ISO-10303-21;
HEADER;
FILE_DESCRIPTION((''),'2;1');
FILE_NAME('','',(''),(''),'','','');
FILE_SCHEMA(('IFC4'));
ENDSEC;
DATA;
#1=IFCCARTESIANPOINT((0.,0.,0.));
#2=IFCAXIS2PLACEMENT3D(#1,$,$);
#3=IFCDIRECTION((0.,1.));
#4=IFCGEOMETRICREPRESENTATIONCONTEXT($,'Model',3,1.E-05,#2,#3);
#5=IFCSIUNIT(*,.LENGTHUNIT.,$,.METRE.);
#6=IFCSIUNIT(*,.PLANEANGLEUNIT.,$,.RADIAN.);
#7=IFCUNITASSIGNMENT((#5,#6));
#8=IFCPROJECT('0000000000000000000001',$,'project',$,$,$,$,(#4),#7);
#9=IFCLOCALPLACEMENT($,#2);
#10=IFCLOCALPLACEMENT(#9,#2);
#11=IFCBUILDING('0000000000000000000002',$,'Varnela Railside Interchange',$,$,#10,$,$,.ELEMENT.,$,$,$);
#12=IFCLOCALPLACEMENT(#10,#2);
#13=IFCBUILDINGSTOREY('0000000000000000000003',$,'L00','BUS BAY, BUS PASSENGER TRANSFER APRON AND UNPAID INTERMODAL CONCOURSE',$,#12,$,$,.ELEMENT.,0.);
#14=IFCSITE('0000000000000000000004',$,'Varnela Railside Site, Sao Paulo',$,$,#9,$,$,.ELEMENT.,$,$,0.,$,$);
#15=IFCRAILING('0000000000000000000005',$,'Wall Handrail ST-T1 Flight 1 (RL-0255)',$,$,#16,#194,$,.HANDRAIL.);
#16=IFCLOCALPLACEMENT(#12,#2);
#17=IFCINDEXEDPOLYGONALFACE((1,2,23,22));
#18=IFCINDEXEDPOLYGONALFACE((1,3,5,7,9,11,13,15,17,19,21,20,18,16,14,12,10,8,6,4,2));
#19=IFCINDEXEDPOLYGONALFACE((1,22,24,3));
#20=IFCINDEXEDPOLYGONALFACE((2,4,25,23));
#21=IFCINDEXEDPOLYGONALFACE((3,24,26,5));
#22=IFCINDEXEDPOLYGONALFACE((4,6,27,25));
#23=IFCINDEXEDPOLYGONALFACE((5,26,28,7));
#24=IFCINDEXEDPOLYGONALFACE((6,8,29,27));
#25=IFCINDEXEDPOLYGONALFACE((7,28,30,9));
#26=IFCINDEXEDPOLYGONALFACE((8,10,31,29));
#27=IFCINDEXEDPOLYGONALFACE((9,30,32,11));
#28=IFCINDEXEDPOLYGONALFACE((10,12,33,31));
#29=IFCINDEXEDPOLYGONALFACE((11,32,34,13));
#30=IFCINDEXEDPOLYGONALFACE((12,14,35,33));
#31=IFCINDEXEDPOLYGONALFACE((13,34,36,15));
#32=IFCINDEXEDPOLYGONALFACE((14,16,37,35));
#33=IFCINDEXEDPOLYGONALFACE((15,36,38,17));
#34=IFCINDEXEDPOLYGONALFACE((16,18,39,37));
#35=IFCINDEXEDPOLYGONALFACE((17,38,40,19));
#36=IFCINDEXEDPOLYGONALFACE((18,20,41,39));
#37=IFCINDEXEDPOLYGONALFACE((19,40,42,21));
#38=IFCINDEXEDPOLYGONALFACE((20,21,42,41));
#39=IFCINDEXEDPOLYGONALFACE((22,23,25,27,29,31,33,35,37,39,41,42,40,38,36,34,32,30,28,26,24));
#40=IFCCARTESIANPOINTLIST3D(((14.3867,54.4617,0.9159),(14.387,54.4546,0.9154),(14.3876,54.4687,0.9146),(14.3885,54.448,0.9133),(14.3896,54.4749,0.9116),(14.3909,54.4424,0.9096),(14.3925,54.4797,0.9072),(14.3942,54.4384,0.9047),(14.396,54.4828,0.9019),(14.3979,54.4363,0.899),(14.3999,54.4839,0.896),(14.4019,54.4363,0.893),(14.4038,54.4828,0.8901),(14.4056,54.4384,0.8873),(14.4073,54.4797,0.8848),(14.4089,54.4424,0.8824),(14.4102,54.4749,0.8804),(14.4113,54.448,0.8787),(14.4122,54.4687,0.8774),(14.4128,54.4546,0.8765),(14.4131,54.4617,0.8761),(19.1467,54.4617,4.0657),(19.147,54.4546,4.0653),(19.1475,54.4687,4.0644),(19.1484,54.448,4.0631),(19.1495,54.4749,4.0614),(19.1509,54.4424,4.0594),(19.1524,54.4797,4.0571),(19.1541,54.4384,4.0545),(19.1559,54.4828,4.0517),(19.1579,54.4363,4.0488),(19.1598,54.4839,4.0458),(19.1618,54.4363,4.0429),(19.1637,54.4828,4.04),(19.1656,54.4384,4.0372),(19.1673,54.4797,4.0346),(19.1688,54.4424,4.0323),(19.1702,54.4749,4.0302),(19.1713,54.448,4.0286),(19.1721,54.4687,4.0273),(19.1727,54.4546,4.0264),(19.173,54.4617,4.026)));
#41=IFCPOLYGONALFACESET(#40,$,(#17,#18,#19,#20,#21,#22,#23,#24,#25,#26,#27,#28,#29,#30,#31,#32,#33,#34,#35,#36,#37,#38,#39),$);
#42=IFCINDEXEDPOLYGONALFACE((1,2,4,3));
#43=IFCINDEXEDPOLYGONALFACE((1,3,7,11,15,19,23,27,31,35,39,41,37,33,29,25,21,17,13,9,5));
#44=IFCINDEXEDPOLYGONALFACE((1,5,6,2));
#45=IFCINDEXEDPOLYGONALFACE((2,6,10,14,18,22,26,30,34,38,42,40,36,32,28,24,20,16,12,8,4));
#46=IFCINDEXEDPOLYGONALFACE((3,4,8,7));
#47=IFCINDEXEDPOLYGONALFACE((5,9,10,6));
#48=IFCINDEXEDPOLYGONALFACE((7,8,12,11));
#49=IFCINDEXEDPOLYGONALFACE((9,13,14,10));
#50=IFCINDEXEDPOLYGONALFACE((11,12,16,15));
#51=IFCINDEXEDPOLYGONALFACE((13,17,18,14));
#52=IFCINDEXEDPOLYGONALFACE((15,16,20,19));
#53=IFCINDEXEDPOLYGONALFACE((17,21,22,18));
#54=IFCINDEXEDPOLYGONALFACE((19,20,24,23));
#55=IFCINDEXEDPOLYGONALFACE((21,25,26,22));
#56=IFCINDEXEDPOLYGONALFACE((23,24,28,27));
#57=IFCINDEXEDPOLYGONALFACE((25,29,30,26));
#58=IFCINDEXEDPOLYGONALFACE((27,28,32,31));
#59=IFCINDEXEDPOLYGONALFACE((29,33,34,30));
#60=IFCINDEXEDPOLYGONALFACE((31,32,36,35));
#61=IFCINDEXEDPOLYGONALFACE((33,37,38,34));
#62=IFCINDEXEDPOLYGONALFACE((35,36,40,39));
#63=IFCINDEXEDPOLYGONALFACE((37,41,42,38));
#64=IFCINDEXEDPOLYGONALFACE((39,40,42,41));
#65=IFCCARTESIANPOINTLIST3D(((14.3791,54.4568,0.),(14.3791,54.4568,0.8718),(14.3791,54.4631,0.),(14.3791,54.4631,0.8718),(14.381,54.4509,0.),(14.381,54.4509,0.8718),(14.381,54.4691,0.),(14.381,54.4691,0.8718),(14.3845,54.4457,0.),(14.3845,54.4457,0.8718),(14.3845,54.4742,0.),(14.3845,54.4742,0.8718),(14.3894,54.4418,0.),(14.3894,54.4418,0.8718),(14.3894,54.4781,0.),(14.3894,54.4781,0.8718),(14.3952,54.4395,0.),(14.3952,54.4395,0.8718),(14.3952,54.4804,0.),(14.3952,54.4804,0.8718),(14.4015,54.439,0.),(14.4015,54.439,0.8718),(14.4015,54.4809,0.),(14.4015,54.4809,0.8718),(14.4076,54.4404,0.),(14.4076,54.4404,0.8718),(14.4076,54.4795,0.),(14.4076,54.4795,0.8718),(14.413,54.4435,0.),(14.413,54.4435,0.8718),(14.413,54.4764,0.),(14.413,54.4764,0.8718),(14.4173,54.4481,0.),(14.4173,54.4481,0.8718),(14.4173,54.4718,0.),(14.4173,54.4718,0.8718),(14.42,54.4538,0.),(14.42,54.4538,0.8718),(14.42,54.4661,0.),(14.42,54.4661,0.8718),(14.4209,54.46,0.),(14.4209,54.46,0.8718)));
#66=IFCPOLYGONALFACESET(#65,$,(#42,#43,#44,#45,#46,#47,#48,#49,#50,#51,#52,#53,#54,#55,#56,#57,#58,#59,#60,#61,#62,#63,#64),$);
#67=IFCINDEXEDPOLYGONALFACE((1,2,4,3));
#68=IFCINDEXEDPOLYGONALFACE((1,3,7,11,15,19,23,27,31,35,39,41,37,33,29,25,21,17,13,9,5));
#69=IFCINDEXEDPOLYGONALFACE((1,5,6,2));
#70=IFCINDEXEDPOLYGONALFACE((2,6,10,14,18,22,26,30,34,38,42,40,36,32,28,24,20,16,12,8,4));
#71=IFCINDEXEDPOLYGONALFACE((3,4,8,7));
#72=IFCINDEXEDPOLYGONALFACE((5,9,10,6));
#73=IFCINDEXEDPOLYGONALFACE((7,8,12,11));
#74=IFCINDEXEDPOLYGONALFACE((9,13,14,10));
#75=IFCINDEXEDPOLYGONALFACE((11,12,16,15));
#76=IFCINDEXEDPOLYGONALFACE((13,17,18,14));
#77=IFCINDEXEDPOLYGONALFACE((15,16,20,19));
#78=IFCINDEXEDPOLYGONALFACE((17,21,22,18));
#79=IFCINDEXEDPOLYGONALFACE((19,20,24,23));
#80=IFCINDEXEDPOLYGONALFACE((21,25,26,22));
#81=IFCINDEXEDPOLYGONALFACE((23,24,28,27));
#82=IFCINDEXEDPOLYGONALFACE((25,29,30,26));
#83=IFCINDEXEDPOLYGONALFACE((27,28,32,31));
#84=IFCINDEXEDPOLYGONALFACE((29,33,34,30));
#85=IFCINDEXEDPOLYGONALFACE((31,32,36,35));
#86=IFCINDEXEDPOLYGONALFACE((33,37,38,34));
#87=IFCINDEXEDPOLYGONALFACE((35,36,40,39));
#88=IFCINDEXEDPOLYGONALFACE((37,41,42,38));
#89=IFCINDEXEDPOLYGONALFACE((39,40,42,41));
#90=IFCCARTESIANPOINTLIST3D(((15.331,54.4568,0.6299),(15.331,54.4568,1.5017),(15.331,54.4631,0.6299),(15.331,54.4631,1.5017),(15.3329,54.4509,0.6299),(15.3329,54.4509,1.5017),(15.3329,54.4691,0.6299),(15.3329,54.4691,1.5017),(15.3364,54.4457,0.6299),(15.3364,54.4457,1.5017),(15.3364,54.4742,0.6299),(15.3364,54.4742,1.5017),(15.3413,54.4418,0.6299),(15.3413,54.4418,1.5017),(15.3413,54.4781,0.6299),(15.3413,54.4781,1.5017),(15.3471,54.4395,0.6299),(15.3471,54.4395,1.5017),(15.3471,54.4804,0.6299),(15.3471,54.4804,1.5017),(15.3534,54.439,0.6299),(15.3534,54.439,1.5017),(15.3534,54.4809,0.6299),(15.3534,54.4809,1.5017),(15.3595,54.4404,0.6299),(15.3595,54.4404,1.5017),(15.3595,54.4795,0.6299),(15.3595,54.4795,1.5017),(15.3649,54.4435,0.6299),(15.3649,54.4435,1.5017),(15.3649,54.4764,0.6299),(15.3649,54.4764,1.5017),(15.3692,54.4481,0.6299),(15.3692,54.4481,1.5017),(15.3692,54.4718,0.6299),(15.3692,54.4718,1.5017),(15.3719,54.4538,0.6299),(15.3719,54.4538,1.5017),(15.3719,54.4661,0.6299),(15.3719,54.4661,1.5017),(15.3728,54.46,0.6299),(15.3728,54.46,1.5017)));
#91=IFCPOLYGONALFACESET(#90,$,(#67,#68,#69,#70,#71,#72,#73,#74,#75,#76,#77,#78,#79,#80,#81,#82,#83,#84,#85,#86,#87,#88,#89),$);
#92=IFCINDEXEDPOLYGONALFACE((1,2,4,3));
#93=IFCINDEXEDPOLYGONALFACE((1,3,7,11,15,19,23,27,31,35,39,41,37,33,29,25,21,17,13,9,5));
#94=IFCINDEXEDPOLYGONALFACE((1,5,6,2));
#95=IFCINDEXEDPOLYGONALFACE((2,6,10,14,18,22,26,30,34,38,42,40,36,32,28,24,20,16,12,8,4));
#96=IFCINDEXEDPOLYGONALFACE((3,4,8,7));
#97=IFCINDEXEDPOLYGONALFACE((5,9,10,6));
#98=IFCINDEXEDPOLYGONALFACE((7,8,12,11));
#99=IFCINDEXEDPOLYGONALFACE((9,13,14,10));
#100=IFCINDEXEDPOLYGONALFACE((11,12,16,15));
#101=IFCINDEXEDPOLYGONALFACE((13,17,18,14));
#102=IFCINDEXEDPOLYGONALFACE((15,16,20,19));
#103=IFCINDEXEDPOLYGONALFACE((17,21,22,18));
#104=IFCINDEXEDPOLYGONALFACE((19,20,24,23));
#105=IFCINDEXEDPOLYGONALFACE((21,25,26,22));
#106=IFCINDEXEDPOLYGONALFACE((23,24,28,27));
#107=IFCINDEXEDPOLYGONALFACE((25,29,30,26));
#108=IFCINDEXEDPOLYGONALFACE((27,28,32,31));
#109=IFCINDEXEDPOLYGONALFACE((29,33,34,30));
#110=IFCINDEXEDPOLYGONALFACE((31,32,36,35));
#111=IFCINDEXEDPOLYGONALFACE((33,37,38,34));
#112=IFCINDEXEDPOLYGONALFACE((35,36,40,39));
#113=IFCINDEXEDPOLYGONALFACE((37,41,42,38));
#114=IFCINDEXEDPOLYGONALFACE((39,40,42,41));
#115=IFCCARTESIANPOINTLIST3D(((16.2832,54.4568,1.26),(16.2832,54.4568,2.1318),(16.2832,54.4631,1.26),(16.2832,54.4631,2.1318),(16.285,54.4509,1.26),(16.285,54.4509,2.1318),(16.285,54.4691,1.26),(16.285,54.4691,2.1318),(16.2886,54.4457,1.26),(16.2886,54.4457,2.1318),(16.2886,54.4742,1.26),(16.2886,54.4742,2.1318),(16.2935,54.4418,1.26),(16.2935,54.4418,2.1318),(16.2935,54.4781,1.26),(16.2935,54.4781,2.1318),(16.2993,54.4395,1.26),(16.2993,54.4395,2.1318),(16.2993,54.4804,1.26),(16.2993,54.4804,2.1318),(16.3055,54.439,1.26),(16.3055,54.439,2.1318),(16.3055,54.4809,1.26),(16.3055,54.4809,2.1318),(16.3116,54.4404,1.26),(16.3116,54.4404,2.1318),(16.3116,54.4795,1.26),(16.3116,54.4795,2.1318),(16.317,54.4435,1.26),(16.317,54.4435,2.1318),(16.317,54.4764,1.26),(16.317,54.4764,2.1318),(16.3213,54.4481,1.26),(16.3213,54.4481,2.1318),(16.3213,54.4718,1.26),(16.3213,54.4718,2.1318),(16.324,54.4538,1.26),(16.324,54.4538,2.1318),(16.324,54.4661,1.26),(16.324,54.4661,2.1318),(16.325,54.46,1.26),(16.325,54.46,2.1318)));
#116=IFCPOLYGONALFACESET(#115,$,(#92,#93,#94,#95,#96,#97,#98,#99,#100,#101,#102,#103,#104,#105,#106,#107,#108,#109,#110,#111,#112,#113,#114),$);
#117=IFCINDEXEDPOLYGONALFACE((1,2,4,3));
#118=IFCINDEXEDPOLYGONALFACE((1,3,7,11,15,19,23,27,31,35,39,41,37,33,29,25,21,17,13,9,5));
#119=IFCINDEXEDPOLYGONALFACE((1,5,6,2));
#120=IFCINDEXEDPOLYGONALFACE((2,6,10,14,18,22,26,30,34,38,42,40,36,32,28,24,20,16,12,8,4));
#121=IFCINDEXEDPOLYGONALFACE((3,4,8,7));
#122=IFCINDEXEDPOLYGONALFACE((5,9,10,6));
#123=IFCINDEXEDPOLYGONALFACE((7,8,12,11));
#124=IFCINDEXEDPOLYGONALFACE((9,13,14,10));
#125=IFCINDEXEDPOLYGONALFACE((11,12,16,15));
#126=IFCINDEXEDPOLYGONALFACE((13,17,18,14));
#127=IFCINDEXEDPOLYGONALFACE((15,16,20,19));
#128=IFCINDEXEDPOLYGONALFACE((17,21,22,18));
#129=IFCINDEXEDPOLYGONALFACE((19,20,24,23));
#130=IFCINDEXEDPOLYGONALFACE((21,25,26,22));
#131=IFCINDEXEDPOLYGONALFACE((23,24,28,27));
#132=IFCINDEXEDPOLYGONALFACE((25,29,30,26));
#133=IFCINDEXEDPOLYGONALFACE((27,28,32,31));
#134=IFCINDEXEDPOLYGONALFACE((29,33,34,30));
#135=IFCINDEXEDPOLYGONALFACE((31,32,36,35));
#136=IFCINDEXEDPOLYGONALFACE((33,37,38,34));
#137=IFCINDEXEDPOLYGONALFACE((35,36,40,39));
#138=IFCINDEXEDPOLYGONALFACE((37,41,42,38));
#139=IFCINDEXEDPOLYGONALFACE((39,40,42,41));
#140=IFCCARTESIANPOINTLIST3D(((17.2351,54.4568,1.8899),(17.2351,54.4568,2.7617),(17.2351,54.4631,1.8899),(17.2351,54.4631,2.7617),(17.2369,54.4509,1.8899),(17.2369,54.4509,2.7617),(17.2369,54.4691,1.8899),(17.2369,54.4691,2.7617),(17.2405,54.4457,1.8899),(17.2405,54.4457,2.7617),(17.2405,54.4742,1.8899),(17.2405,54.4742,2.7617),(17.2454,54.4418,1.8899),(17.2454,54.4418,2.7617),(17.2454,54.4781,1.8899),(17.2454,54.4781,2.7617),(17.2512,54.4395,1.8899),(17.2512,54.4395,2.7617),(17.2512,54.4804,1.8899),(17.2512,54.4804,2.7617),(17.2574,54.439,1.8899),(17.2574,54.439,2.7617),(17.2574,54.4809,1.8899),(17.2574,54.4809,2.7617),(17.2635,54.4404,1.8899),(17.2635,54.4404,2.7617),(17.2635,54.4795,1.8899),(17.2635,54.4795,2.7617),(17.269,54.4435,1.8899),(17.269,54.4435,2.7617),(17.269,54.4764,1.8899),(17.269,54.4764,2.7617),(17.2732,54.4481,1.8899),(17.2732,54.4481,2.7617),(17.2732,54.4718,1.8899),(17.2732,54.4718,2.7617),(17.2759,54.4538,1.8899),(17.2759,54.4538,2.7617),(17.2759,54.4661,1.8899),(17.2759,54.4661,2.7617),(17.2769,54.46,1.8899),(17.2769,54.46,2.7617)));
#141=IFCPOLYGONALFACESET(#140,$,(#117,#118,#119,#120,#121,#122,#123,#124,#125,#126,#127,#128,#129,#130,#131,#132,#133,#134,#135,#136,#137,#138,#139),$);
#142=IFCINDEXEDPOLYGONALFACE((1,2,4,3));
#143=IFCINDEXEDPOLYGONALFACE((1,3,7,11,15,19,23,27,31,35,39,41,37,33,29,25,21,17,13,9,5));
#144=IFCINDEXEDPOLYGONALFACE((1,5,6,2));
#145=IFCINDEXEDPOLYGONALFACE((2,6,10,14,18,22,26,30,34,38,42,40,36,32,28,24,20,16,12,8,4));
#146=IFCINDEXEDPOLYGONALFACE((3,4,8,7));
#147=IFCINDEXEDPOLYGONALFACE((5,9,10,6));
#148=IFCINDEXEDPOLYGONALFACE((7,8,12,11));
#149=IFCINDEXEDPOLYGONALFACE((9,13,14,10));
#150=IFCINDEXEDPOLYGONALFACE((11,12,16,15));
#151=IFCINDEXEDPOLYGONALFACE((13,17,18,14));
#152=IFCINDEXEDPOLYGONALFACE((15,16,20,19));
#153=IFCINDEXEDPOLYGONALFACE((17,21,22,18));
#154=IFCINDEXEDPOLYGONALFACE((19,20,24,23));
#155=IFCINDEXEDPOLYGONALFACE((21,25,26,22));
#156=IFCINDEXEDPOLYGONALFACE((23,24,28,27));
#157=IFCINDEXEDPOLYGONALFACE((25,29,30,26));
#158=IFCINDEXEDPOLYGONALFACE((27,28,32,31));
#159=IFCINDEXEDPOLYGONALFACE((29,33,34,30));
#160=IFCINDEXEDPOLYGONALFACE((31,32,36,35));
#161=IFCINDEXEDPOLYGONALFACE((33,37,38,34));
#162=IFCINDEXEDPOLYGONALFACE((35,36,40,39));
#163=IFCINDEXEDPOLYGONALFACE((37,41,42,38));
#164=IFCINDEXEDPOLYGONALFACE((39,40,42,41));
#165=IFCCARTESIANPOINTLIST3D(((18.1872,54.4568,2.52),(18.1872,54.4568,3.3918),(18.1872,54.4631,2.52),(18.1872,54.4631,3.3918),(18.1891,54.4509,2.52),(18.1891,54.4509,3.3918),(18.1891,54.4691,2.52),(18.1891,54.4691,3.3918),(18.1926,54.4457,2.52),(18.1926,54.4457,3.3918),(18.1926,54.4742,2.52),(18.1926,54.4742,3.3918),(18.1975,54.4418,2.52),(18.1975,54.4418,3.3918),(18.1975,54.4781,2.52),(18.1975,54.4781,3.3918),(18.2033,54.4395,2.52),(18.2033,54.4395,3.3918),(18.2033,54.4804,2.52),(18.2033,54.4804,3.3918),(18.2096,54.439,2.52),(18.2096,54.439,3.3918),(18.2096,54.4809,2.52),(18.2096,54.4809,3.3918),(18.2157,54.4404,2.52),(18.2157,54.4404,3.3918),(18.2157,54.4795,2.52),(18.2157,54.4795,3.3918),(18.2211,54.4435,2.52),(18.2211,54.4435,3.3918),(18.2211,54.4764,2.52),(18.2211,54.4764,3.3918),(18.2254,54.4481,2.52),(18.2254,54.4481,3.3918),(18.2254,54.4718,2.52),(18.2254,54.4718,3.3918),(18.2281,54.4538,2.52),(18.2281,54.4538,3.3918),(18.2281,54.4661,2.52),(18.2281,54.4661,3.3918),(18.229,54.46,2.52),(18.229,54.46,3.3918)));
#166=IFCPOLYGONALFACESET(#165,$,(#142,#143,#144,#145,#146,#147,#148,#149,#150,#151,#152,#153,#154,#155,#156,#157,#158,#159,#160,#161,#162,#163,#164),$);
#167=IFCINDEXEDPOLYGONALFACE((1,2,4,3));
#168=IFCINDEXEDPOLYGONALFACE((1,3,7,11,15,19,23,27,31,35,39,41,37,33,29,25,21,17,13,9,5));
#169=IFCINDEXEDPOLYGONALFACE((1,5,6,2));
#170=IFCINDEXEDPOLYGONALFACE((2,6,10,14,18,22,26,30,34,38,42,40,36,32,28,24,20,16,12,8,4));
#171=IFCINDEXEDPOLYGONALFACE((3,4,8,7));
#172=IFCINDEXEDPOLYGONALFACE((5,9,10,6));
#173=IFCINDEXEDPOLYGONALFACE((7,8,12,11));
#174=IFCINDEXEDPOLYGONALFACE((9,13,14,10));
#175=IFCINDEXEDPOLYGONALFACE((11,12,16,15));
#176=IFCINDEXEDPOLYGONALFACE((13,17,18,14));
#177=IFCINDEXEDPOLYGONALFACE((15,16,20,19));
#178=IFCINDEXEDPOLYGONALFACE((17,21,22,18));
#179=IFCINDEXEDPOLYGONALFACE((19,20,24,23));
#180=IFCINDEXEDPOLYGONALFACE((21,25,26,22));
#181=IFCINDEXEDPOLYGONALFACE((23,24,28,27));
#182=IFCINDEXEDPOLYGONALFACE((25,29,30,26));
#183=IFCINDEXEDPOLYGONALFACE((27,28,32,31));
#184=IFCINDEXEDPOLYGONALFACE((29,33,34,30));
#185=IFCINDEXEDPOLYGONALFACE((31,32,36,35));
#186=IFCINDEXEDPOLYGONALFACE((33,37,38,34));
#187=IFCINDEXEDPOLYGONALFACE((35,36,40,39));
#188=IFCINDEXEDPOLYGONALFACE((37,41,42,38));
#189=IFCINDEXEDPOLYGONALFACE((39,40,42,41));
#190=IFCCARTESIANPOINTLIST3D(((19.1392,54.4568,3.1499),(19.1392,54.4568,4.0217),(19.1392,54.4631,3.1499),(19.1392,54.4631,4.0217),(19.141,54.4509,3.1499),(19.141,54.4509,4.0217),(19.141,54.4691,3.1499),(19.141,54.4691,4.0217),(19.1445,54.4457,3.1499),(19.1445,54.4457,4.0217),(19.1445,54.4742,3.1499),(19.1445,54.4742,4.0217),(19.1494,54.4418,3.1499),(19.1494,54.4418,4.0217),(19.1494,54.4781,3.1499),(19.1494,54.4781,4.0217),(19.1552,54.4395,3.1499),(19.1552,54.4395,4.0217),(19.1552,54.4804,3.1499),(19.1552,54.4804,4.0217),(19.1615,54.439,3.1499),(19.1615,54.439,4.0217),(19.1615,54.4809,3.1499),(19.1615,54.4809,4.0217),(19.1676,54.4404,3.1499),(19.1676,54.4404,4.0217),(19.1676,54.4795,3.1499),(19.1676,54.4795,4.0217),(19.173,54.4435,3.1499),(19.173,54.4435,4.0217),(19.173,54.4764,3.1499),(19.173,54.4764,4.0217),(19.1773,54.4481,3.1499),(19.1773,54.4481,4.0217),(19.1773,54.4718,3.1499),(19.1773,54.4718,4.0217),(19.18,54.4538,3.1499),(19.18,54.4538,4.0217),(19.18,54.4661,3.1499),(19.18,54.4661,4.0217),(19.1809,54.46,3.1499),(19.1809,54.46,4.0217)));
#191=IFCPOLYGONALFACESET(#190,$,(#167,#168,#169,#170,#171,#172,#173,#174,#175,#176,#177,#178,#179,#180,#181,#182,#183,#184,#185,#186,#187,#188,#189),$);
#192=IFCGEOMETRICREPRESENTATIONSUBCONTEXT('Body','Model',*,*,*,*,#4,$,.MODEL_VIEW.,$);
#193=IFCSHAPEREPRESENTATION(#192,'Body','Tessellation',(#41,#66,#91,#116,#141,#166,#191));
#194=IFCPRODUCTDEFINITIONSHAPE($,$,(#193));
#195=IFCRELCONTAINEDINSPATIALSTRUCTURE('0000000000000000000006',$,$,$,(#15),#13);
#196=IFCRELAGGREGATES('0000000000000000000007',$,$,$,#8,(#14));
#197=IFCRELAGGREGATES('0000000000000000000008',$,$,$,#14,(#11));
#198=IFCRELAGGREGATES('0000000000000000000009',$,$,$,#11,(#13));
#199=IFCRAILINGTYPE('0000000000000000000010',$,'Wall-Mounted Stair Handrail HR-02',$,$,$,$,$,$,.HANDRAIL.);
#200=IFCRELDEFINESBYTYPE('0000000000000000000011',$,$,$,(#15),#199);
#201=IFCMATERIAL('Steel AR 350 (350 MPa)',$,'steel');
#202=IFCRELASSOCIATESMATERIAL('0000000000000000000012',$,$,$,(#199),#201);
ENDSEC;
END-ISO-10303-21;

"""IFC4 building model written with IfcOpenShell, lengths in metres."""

from ifc_helpers import new_model, si_unit, direction, frame, origin, origin_2d, place, context, subcontext, project, spatial, circle, extrude, material, type_object, element, save


model = new_model("IFC4")

# Units and contexts
model_context = context("Model", 3, precision=1e-05, world=origin(), true_north=direction((0.0, 1.0)))
body_context = subcontext(model_context, "Body", "Model", "MODEL_VIEW")
ifc_project = project(units=[si_unit("LENGTHUNIT", "METRE"), si_unit("PLANEANGLEUNIT", "RADIAN")], contexts=[model_context])

# Site, building, storey
site_placement = place(None, origin())
site = spatial("IfcSite", under=ifc_project, at=site_placement, Name="Varnela Railside Site, Sao Paulo", CompositionType="ELEMENT", RefElevation=0.0)
building_placement = place(site_placement, origin())
building = spatial("IfcBuilding", under=site, at=building_placement, Name="Varnela Railside Interchange", CompositionType="ELEMENT")
storey_placement = place(building_placement, origin())
storey = spatial("IfcBuildingStorey", under=building, at=storey_placement, Name="L00", Description="BUS BAY, BUS PASSENGER TRANSFER APRON AND UNPAID INTERMODAL CONCOURSE", CompositionType="ELEMENT", Elevation=0.0)

# Shared definitions
ifc_material_1 = material(Name="Steel AR 350 (350 MPa)", Category="steel")

# Railing
railing_type_1 = type_object("IfcRailingType", Name="Wall-Mounted Stair Handrail HR-02", PredefinedType="HANDRAIL", material=ifc_material_1)
railing_1_placement = place(storey_placement, frame((14.3999, 54.46, 0.0)))
element("IfcRailing", 1, at=railing_1_placement, inside=storey, type_object=railing_type_1, Name="Wall Handrail ST-T1 Flight 1 (RL-0255)", PredefinedType="HANDRAIL", context=body_context, shape_type="SweptSolid", body=[
    extrude(circle(Radius=0.0239, at=origin_2d()), frame((0.0, 0.0, 0.896), z_axis=(0.833941, 0.0, 0.551854), x_axis=(0.0, 1.0, 0.0)), (0.0, 0.0, 1.0), 5.7078),
    extrude(circle(Radius=0.021, at=origin_2d()), origin(), (0.0, 0.0, 1.0), 0.8718),
    extrude(circle(Radius=0.021, at=origin_2d()), frame((0.9519, 0.0, 0.6299)), (0.0, 0.0, 1.0), 0.8718),
    extrude(circle(Radius=0.021, at=origin_2d()), frame((1.9041, 0.0, 1.26)), (0.0, 0.0, 1.0), 0.8718),
    extrude(circle(Radius=0.021, at=origin_2d()), frame((2.856, 0.0, 1.8899)), (0.0, 0.0, 1.0), 0.8718),
    extrude(circle(Radius=0.021, at=origin_2d()), frame((3.8081, 0.0, 2.52)), (0.0, 0.0, 1.0), 0.8718),
    extrude(circle(Radius=0.021, at=origin_2d()), frame((4.76, 0.0, 3.1499)), (0.0, 0.0, 1.0), 0.8718),
])

save(model, "model.ifc")
